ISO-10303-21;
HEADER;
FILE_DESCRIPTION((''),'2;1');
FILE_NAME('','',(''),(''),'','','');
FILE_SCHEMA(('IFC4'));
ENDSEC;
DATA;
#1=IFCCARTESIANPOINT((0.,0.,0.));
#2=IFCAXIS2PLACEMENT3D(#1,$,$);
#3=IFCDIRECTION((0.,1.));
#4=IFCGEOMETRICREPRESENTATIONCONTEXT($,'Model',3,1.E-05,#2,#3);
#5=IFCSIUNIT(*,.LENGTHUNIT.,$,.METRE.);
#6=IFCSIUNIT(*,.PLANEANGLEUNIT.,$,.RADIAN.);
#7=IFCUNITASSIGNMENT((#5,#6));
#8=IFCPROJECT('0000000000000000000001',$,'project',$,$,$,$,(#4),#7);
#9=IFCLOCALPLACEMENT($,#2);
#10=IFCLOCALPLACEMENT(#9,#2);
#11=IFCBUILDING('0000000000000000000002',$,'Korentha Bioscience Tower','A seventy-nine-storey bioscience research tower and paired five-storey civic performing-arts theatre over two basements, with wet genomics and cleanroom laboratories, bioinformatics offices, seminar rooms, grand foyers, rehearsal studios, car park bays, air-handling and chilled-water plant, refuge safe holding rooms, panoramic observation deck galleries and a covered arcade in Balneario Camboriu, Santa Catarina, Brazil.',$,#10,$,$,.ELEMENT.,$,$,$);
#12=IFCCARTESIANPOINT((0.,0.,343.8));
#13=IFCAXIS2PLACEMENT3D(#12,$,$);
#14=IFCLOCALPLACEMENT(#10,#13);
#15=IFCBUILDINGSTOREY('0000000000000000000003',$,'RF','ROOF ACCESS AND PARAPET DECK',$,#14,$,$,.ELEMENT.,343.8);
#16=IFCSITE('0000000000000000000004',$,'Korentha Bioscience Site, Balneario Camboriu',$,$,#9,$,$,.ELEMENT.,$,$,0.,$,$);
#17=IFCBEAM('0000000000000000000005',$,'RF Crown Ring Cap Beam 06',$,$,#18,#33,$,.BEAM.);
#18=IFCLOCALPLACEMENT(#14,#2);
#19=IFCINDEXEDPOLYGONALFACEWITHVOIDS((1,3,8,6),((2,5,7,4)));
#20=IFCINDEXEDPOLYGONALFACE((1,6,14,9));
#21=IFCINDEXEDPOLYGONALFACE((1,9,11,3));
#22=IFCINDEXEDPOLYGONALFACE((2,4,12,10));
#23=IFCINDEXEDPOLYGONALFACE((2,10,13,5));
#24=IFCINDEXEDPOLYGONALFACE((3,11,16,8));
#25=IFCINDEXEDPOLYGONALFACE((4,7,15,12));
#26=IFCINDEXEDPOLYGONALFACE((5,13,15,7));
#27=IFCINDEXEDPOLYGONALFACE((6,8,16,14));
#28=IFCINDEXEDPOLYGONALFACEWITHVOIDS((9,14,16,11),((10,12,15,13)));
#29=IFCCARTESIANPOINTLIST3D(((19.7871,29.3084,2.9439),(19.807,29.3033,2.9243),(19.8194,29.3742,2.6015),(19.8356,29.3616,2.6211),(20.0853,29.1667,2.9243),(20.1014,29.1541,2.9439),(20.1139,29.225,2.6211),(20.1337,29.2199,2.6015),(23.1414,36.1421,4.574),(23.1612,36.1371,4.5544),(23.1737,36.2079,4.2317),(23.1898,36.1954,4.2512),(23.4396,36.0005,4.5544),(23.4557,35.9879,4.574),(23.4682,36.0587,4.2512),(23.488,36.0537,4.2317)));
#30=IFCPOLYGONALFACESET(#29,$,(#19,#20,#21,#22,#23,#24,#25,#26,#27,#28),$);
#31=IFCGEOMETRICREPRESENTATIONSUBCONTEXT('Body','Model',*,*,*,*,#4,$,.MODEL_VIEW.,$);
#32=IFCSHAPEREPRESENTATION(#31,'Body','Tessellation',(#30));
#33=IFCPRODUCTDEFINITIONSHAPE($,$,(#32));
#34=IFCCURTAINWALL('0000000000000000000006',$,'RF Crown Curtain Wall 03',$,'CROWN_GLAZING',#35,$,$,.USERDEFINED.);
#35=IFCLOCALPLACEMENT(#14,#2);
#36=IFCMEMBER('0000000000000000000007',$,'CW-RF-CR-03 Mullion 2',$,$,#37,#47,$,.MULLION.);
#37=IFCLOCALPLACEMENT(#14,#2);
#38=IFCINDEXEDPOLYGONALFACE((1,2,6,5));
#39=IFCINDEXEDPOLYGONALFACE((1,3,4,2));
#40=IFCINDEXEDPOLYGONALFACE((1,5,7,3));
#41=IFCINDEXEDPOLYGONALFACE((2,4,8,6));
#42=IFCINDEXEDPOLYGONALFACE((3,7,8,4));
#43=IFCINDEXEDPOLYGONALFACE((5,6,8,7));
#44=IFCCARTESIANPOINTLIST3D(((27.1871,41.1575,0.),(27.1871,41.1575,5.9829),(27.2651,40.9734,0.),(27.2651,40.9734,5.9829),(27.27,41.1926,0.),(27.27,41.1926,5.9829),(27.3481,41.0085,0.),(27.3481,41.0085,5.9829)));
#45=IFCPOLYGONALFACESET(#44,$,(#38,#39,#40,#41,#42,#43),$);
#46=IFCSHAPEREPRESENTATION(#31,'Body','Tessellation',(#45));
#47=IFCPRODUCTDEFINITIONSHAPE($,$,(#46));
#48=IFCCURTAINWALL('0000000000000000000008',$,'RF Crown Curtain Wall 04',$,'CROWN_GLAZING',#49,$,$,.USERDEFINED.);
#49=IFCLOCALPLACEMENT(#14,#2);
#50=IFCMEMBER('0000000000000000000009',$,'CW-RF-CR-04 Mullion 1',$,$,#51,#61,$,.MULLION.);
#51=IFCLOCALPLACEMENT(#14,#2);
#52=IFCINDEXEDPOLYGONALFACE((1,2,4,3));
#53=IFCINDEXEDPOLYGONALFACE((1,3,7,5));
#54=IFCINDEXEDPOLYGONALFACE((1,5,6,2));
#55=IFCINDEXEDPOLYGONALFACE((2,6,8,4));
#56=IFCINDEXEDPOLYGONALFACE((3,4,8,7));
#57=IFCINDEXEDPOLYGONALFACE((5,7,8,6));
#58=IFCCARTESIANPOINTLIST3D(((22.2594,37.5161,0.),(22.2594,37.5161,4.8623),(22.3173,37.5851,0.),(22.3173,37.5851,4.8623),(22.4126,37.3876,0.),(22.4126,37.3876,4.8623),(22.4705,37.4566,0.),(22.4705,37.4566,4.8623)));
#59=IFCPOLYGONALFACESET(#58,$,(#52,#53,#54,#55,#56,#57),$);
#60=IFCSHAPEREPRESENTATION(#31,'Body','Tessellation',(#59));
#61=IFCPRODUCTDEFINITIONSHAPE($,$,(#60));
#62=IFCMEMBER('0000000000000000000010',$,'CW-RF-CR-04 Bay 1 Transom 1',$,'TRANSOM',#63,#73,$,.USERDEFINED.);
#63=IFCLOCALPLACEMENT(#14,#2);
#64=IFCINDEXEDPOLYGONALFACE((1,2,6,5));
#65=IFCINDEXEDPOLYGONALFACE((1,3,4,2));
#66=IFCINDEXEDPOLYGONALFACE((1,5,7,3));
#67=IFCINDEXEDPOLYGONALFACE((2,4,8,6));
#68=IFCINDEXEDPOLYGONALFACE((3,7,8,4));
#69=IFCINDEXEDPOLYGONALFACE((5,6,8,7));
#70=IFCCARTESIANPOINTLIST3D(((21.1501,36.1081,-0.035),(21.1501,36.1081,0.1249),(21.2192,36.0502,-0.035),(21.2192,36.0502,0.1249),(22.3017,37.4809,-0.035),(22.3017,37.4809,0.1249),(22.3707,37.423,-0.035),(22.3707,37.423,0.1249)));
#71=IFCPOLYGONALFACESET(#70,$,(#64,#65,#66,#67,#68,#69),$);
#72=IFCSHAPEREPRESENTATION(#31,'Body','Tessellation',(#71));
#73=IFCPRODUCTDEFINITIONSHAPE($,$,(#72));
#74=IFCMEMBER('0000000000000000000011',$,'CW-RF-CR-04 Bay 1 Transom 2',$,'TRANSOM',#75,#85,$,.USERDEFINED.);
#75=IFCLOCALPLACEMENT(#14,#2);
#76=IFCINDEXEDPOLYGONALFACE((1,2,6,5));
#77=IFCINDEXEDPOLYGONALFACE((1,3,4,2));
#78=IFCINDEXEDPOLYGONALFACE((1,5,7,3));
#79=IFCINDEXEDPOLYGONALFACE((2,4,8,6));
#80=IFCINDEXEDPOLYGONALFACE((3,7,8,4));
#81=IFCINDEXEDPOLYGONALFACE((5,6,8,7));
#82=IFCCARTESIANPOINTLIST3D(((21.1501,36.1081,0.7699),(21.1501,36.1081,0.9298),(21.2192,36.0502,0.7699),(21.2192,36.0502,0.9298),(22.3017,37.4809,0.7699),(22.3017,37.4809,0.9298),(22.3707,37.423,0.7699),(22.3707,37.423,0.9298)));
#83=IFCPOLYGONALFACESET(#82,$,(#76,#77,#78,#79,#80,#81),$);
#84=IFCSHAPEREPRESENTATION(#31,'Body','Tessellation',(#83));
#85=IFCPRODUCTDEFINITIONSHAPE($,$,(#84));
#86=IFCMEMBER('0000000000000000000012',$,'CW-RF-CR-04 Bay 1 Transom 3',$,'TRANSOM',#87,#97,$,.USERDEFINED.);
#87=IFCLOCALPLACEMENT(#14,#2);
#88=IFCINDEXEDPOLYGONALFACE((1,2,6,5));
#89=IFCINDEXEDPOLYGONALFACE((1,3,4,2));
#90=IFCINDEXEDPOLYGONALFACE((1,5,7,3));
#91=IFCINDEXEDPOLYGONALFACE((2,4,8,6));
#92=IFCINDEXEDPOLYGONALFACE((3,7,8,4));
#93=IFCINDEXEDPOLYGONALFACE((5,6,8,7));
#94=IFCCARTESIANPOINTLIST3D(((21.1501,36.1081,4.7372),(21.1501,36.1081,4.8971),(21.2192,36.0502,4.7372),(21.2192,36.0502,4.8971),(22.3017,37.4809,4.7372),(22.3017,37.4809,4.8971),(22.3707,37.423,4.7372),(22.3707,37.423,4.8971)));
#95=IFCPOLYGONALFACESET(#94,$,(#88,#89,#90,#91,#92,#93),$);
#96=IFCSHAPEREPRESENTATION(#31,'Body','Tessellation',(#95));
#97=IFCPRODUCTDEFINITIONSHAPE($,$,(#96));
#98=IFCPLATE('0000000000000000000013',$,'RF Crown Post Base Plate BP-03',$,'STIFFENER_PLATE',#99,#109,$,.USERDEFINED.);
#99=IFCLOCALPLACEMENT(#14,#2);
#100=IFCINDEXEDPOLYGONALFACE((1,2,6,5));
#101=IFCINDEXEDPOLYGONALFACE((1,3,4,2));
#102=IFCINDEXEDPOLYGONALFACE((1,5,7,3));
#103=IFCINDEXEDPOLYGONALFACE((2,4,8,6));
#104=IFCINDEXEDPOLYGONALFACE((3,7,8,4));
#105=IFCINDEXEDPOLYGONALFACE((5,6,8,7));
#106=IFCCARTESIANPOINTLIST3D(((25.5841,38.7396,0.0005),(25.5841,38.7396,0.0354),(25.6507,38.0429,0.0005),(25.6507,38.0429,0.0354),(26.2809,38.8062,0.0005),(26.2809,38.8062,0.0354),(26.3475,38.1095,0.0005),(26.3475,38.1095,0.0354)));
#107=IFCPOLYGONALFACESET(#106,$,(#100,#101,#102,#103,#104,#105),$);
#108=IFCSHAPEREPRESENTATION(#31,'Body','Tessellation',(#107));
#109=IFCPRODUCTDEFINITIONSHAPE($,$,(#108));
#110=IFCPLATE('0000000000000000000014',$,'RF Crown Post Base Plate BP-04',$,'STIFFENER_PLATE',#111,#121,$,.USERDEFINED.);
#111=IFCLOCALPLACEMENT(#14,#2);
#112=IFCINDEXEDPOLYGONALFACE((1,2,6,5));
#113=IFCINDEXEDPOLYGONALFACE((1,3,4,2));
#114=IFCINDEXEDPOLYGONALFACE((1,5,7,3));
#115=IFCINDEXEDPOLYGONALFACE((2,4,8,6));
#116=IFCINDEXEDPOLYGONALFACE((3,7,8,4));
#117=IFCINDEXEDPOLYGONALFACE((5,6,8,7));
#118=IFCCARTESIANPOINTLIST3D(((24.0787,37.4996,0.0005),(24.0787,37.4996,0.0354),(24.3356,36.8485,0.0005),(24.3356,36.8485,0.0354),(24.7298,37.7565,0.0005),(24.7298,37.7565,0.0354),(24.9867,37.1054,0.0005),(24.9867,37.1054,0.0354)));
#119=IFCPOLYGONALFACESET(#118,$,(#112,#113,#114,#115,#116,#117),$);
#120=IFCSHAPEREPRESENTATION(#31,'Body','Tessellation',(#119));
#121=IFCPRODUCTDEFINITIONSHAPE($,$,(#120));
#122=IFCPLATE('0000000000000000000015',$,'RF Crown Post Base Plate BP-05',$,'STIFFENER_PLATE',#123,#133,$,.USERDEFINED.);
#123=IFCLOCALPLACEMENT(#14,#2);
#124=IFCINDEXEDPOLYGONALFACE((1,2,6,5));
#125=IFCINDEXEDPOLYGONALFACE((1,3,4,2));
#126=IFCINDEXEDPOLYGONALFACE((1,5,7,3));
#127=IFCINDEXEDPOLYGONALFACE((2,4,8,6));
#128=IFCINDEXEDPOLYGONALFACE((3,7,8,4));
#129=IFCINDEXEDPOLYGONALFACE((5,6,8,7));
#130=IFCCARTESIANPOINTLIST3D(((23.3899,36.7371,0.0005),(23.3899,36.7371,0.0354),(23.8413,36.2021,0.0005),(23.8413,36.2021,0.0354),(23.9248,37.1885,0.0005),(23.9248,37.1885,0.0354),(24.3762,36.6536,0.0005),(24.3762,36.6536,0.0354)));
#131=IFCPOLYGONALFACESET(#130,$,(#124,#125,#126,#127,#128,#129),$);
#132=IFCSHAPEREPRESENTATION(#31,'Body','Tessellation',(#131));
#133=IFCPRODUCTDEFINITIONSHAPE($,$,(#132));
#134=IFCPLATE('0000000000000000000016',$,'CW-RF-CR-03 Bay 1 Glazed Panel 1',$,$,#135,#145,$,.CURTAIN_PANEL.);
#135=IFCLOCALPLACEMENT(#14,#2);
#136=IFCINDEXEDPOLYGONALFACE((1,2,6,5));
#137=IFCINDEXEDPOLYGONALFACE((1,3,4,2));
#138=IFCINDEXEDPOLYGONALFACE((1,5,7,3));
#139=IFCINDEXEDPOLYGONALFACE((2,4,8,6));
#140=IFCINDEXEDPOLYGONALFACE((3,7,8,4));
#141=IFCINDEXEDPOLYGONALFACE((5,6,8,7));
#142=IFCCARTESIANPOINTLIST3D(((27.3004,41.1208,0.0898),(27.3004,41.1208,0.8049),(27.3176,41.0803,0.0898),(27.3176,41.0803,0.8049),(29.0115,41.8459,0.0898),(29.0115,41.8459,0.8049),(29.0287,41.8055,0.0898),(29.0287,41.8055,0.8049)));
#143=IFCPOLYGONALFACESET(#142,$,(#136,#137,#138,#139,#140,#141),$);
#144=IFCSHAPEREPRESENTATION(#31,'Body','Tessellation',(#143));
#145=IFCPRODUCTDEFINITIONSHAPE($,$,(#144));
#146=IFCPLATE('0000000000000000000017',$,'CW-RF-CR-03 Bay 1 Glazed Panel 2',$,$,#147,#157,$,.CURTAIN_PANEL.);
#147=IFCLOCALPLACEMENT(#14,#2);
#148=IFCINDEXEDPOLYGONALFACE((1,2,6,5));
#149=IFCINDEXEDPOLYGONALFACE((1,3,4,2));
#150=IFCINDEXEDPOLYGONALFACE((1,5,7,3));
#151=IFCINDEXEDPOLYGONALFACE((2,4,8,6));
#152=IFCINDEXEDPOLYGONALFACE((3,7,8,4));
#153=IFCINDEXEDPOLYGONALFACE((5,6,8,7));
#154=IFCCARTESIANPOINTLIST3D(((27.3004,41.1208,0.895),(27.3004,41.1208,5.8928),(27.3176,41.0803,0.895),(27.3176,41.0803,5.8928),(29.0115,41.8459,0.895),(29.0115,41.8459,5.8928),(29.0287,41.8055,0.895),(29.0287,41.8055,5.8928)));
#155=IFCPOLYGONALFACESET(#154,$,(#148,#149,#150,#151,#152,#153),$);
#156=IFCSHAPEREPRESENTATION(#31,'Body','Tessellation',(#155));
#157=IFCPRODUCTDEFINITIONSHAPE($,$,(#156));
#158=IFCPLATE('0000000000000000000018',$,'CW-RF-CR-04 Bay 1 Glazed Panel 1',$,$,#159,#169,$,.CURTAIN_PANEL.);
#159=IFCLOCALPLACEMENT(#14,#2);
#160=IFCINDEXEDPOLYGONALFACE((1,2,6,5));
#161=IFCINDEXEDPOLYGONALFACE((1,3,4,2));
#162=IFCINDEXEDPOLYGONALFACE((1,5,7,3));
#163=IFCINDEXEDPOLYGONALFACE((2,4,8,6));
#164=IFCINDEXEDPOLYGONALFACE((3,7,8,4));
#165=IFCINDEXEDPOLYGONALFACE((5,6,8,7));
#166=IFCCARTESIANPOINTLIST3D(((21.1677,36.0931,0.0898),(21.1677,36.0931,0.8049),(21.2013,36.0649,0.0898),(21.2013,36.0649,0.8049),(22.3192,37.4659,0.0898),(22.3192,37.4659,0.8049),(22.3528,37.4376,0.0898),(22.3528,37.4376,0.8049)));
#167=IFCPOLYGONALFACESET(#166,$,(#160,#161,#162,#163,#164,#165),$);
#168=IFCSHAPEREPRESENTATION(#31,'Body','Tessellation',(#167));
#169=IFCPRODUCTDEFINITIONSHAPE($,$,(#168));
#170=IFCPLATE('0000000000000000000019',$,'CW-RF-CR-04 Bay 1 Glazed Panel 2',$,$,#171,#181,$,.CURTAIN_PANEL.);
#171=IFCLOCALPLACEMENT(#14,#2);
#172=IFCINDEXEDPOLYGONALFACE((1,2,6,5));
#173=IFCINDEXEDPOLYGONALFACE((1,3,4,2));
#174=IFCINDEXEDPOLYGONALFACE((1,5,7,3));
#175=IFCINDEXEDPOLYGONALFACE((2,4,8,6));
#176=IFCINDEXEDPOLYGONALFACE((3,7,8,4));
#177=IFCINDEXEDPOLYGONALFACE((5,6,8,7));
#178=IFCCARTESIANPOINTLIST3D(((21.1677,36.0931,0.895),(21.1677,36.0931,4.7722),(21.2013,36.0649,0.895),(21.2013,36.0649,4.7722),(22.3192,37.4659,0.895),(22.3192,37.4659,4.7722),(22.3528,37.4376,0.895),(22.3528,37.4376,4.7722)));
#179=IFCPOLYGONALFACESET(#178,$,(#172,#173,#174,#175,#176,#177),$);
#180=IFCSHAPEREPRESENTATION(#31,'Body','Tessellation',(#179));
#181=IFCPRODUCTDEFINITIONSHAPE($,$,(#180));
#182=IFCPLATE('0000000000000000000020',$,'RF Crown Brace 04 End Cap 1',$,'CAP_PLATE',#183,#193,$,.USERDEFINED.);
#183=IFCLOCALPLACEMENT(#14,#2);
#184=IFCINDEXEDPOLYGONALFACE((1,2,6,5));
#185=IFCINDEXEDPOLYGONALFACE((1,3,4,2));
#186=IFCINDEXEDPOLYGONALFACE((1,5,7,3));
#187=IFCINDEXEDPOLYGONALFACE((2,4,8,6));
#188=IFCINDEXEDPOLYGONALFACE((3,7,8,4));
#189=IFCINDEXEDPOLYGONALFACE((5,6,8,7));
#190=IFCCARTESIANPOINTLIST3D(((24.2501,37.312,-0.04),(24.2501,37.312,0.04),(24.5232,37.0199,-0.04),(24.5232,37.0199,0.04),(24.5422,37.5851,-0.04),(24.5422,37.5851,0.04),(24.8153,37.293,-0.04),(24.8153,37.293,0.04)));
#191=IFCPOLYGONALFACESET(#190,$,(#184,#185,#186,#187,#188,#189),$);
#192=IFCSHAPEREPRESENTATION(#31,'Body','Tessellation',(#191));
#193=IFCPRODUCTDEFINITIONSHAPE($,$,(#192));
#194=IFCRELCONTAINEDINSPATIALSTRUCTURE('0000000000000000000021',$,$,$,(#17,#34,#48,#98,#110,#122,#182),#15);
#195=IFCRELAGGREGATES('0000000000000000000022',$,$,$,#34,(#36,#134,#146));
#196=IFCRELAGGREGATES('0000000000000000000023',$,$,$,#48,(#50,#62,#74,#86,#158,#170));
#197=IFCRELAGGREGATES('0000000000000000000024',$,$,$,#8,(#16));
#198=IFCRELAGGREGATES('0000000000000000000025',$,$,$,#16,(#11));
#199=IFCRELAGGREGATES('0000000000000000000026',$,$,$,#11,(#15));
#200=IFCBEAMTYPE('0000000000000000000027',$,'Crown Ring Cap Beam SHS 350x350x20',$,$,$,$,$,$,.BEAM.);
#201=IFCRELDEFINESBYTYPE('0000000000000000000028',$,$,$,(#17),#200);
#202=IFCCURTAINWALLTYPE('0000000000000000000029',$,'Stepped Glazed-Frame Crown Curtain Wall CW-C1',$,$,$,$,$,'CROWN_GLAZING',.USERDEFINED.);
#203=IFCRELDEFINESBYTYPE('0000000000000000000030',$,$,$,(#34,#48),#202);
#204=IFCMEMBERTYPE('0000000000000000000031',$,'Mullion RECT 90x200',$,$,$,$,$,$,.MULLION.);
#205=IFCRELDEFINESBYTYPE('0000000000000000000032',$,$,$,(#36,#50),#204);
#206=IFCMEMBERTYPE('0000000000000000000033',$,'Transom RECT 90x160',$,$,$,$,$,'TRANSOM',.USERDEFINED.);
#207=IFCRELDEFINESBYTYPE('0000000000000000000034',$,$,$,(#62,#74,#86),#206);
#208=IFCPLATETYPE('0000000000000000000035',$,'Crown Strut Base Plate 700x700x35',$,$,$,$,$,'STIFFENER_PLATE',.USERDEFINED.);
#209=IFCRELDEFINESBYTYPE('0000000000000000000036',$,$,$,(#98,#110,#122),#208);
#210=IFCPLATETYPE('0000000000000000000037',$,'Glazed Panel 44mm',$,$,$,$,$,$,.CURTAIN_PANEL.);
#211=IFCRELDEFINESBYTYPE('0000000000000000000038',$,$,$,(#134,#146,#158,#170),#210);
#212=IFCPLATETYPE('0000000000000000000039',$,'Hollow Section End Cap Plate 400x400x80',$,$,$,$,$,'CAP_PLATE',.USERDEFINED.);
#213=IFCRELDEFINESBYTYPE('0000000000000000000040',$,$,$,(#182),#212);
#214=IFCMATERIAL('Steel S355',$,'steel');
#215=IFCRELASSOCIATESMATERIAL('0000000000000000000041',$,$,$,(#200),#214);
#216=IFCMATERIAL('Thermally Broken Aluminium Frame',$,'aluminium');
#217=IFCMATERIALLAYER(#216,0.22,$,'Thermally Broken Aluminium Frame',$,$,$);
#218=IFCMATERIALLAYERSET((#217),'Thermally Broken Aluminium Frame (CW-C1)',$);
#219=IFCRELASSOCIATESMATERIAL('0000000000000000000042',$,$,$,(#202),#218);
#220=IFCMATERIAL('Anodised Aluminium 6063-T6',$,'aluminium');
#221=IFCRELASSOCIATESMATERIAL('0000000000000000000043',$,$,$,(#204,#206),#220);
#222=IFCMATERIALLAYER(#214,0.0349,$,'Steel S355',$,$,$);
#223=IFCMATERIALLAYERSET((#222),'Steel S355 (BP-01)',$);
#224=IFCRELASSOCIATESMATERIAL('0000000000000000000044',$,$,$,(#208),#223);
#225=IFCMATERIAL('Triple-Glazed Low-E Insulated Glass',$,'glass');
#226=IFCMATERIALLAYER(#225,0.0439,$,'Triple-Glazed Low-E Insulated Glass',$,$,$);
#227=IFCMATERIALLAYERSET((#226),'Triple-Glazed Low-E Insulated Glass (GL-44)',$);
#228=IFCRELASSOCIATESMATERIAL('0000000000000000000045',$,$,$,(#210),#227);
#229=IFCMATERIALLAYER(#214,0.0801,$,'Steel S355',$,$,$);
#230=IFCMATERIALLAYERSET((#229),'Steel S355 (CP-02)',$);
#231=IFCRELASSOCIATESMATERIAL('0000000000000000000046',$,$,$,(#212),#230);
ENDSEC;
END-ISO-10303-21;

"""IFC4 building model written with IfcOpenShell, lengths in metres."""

from ifc_helpers import new_model, si_unit, direction, frame, origin, origin_2d, place, context, subcontext, project, spatial, rectangle, hollow_rectangle, extrude, material, layer, layer_set, material_profile, profile_set, type_object, element, aggregate, save


model = new_model("IFC4")

# Units and contexts
model_context = context("Model", 3, precision=1e-05, world=origin(), true_north=direction((0.0, 1.0)))
body_context = subcontext(model_context, "Body", "Model", "MODEL_VIEW")
ifc_project = project(units=[si_unit("LENGTHUNIT", "METRE"), si_unit("PLANEANGLEUNIT", "RADIAN")], contexts=[model_context])

# Site, building, storey
site_placement = place(None, origin())
site = spatial("IfcSite", under=ifc_project, at=site_placement, Name="Korentha Bioscience Site, Balneario Camboriu", CompositionType="ELEMENT", RefElevation=0.0)
building_placement = place(site_placement, origin())
building = spatial("IfcBuilding", under=site, at=building_placement, Name="Korentha Bioscience Tower", Description="A seventy-nine-storey bioscience research tower and paired five-storey civic performing-arts theatre over two basements, with wet genomics and cleanroom laboratories, bioinformatics offices, seminar rooms, grand foyers, rehearsal studios, car park bays, air-handling and chilled-water plant, refuge safe holding rooms, panoramic observation deck galleries and a covered arcade in Balneario Camboriu, Santa Catarina, Brazil.", CompositionType="ELEMENT")
storey_placement = place(building_placement, frame((0.0, 0.0, 343.8)))
storey = spatial("IfcBuildingStorey", under=building, at=storey_placement, Name="RF", Description="ROOF ACCESS AND PARAPET DECK", CompositionType="ELEMENT", Elevation=343.8)

# Shared definitions
ifc_material_1 = material(Name="Steel S355", Category="steel")

# Beam
ifc_material_profile_1 = material_profile(ifc_material_1, hollow_rectangle(XDim=0.3501, YDim=0.3501, WallThickness=0.02, at=origin_2d()), Name="Steel S355")
ifc_profile_set_1 = profile_set([ifc_material_profile_1], Name="Steel S355 (CF-RB1)")
beam_type = type_object("IfcBeamType", Name="Crown Ring Cap Beam SHS 350x350x20", PredefinedType="BEAM", material=ifc_profile_set_1)
beam_1_placement = place(storey_placement, frame((23.3147, 36.0979, 4.4028), z_axis=(-0.430853, -0.877794, -0.20939), x_axis=(0.897693, -0.440621, 0.0)))
element("IfcBeam", 1, at=beam_1_placement, inside=storey, type_object=beam_type, Name="RF Crown Ring Cap Beam 06", PredefinedType="BEAM", context=body_context, shape_type="SweptSolid", body=[
    extrude(hollow_rectangle(XDim=0.3501, YDim=0.3501, WallThickness=0.02, at=origin_2d()), origin(), (0.0, 0.0, 1.0), 7.7852),
])

# Curtain wall, member
ifc_material_2 = material(Name="Thermally Broken Aluminium Frame", Category="aluminium")
ifc_layer_1 = layer(ifc_material_2, 0.22, Name="Thermally Broken Aluminium Frame")
ifc_layer_set_1 = layer_set([ifc_layer_1], Name="Thermally Broken Aluminium Frame (CW-C1)")
curtain_wall_type = type_object("IfcCurtainWallType", Name="Stepped Glazed-Frame Crown Curtain Wall CW-C1", ElementType="CROWN_GLAZING", PredefinedType="USERDEFINED", material=ifc_layer_set_1)
curtain_wall_1_placement = place(storey_placement, origin())
curtain_wall_1 = element("IfcCurtainWall", 2, at=curtain_wall_1_placement, inside=storey, type_object=curtain_wall_type, Name="RF Crown Curtain Wall 03", ObjectType="CROWN_GLAZING", PredefinedType="USERDEFINED")
ifc_material_3 = material(Name="Anodised Aluminium 6063-T6", Category="aluminium")
ifc_material_profile_2 = material_profile(ifc_material_3, rectangle(XDim=0.0901, YDim=0.2, at=origin_2d()), Name="Anodised Aluminium 6063-T6")
ifc_profile_set_2 = profile_set([ifc_material_profile_2], Name="Anodised Aluminium 6063-T6 (CW-MUL)")
member_type_1 = type_object("IfcMemberType", Name="Mullion RECT 90x200", PredefinedType="MULLION", material=ifc_profile_set_2)
member_1_placement = place(storey_placement, frame((27.2676, 41.083, 0.0), z_axis=(0.0, 0.0, 1.0), x_axis=(-0.920726, -0.39021, 0.0)))
member_1 = element("IfcMember", 3, at=member_1_placement, type_object=member_type_1, Name="CW-RF-CR-03 Mullion 2", PredefinedType="MULLION", context=body_context, shape_type="SweptSolid", body=[
    extrude(rectangle(XDim=0.0901, YDim=0.2, at=origin_2d()), origin(), (0.0, 0.0, 1.0), 5.9829),
])

# Curtain wall, members
curtain_wall_2_placement = place(storey_placement, origin())
curtain_wall_2 = element("IfcCurtainWall", 4, at=curtain_wall_2_placement, inside=storey, type_object=curtain_wall_type, Name="RF Crown Curtain Wall 04", ObjectType="CROWN_GLAZING", PredefinedType="USERDEFINED")
member_2_placement = place(storey_placement, frame((22.365, 37.4863, 0.0), z_axis=(0.0, 0.0, 1.0), x_axis=(-0.64266, -0.766151, 0.0)))
member_2 = element("IfcMember", 5, at=member_2_placement, type_object=member_type_1, Name="CW-RF-CR-04 Mullion 1", PredefinedType="MULLION", context=body_context, shape_type="SweptSolid", body=[
    extrude(rectangle(XDim=0.0901, YDim=0.2, at=origin_2d()), origin(), (0.0, 0.0, 1.0), 4.8623),
])
ifc_material_profile_3 = material_profile(ifc_material_3, rectangle(XDim=0.0901, YDim=0.1599, at=origin_2d()), Name="Anodised Aluminium 6063-T6")
ifc_profile_set_3 = profile_set([ifc_material_profile_3], Name="Anodised Aluminium 6063-T6 (CW-TRN)")
member_type_2 = type_object("IfcMemberType", Name="Transom RECT 90x160", ElementType="TRANSOM", PredefinedType="USERDEFINED", material=ifc_profile_set_3)
member_3_placement = place(storey_placement, frame((22.3362, 37.4519, 0.0449), z_axis=(-0.642687, -0.766129, 0.0), x_axis=(0.766129, -0.642687, 0.0)))
member_3 = element("IfcMember", 6, at=member_3_placement, type_object=member_type_2, Name="CW-RF-CR-04 Bay 1 Transom 1", ObjectType="TRANSOM", PredefinedType="USERDEFINED", context=body_context, shape_type="SweptSolid", body=[
    extrude(rectangle(XDim=0.0901, YDim=0.1599, at=origin_2d()), origin(), (0.0, 0.0, 1.0), 1.7917),
])
member_4_placement = place(storey_placement, frame((22.3362, 37.4519, 0.8499), z_axis=(-0.642687, -0.766129, 0.0), x_axis=(0.766129, -0.642687, 0.0)))
member_4 = element("IfcMember", 7, at=member_4_placement, type_object=member_type_2, Name="CW-RF-CR-04 Bay 1 Transom 2", ObjectType="TRANSOM", PredefinedType="USERDEFINED", context=body_context, shape_type="SweptSolid", body=[
    extrude(rectangle(XDim=0.0901, YDim=0.1599, at=origin_2d()), origin(), (0.0, 0.0, 1.0), 1.7917),
])
member_5_placement = place(storey_placement, frame((22.3362, 37.4519, 4.8171), z_axis=(-0.642687, -0.766129, 0.0), x_axis=(0.766129, -0.642687, 0.0)))
member_5 = element("IfcMember", 8, at=member_5_placement, type_object=member_type_2, Name="CW-RF-CR-04 Bay 1 Transom 3", ObjectType="TRANSOM", PredefinedType="USERDEFINED", context=body_context, shape_type="SweptSolid", body=[
    extrude(rectangle(XDim=0.0901, YDim=0.1599, at=origin_2d()), origin(), (0.0, 0.0, 1.0), 1.7917),
])

# Plates
ifc_layer_2 = layer(ifc_material_1, 0.0349, Name="Steel S355")
ifc_layer_set_2 = layer_set([ifc_layer_2], Name="Steel S355 (BP-01)")
plate_type_1 = type_object("IfcPlateType", Name="Crown Strut Base Plate 700x700x35", ElementType="STIFFENER_PLATE", PredefinedType="USERDEFINED", material=ifc_layer_set_2)
for number, where, z_axis, x_axis, name in (
    (9, (25.9658, 38.4246, 0.0005), (0.0, 0.0, 1.0), (0.995463, 0.095151, 0.0), "RF Crown Post Base Plate BP-03"),
    (10, (24.5327, 37.3025, 0.0005), (0.0, 0.0, 1.0), (0.930226, 0.366988, 0.0), "RF Crown Post Base Plate BP-04"),
    (11, (23.8831, 36.6953, 0.0005), (0.0, 0.0, 1.0), (0.764246, 0.644924, 0.0), "RF Crown Post Base Plate BP-05"),
):
    element("IfcPlate", number, at=place(storey_placement, frame(where, z_axis=z_axis, x_axis=x_axis)), inside=storey, type_object=plate_type_1, Name=name, ObjectType="STIFFENER_PLATE", PredefinedType="USERDEFINED", context=body_context, shape_type="SweptSolid", body=[
        extrude(rectangle(XDim=0.7, YDim=0.7, at=origin_2d()), origin(), (0.0, 0.0, 1.0), 0.0349),
    ])

# Plates
ifc_material_4 = material(Name="Triple-Glazed Low-E Insulated Glass", Category="glass")
ifc_layer_3 = layer(ifc_material_4, 0.0439, Name="Triple-Glazed Low-E Insulated Glass")
ifc_layer_set_3 = layer_set([ifc_layer_3], Name="Triple-Glazed Low-E Insulated Glass (GL-44)")
plate_type_2 = type_object("IfcPlateType", Name="Glazed Panel 44mm", PredefinedType="CURTAIN_PANEL", material=ifc_layer_set_3)
plate_1_placement = place(storey_placement, frame((28.1646, 41.4631, 0.0898), z_axis=(0.0, 0.0, 1.0), x_axis=(-0.920726, -0.39021, 0.0)))
plate_1 = element("IfcPlate", 12, at=plate_1_placement, type_object=plate_type_2, Name="CW-RF-CR-03 Bay 1 Glazed Panel 1", PredefinedType="CURTAIN_PANEL", context=body_context, shape_type="SweptSolid", body=[
    extrude(rectangle(XDim=1.8584, YDim=0.0439, at=origin_2d()), origin(), (0.0, 0.0, 1.0), 0.7151),
])
plate_2_placement = place(storey_placement, frame((28.1646, 41.4631, 0.895), z_axis=(0.0, 0.0, 1.0), x_axis=(-0.920726, -0.39021, 0.0)))
plate_2 = element("IfcPlate", 13, at=plate_2_placement, type_object=plate_type_2, Name="CW-RF-CR-03 Bay 1 Glazed Panel 2", PredefinedType="CURTAIN_PANEL", context=body_context, shape_type="SweptSolid", body=[
    extrude(rectangle(XDim=1.8584, YDim=0.0439, at=origin_2d()), origin(), (0.0, 0.0, 1.0), 4.9978),
])
aggregate(curtain_wall_1, [member_1, plate_1, plate_2])
plate_3_placement = place(storey_placement, frame((21.7603, 36.7654, 0.0898), z_axis=(0.0, 0.0, 1.0), x_axis=(-0.64266, -0.766151, 0.0)))
plate_3 = element("IfcPlate", 14, at=plate_3_placement, type_object=plate_type_2, Name="CW-RF-CR-04 Bay 1 Glazed Panel 1", PredefinedType="CURTAIN_PANEL", context=body_context, shape_type="SweptSolid", body=[
    extrude(rectangle(XDim=1.7917, YDim=0.0439, at=origin_2d()), origin(), (0.0, 0.0, 1.0), 0.7151),
])
plate_4_placement = place(storey_placement, frame((21.7603, 36.7654, 0.895), z_axis=(0.0, 0.0, 1.0), x_axis=(-0.64266, -0.766151, 0.0)))
plate_4 = element("IfcPlate", 15, at=plate_4_placement, type_object=plate_type_2, Name="CW-RF-CR-04 Bay 1 Glazed Panel 2", PredefinedType="CURTAIN_PANEL", context=body_context, shape_type="SweptSolid", body=[
    extrude(rectangle(XDim=1.7917, YDim=0.0439, at=origin_2d()), origin(), (0.0, 0.0, 1.0), 3.8772),
])
aggregate(curtain_wall_2, [member_2, member_3, member_4, member_5, plate_3, plate_4])

# Plate
ifc_layer_4 = layer(ifc_material_1, 0.0801, Name="Steel S355")
ifc_layer_set_4 = layer_set([ifc_layer_4], Name="Steel S355 (CP-02)")
plate_type_3 = type_object("IfcPlateType", Name="Hollow Section End Cap Plate 400x400x80", ElementType="CAP_PLATE", PredefinedType="USERDEFINED", material=ifc_layer_set_4)
plate_5_placement = place(storey_placement, frame((24.5327, 37.3025, -0.04), z_axis=(0.0, 0.0, 1.0), x_axis=(0.73052, 0.682891, 0.0)))
element("IfcPlate", 16, at=plate_5_placement, inside=storey, type_object=plate_type_3, Name="RF Crown Brace 04 End Cap 1", ObjectType="CAP_PLATE", PredefinedType="USERDEFINED", context=body_context, shape_type="SweptSolid", body=[
    extrude(rectangle(XDim=0.3999, YDim=0.3999, at=origin_2d()), origin(), (0.0, 0.0, 1.0), 0.0801),
])

save(model, "model.ifc")
